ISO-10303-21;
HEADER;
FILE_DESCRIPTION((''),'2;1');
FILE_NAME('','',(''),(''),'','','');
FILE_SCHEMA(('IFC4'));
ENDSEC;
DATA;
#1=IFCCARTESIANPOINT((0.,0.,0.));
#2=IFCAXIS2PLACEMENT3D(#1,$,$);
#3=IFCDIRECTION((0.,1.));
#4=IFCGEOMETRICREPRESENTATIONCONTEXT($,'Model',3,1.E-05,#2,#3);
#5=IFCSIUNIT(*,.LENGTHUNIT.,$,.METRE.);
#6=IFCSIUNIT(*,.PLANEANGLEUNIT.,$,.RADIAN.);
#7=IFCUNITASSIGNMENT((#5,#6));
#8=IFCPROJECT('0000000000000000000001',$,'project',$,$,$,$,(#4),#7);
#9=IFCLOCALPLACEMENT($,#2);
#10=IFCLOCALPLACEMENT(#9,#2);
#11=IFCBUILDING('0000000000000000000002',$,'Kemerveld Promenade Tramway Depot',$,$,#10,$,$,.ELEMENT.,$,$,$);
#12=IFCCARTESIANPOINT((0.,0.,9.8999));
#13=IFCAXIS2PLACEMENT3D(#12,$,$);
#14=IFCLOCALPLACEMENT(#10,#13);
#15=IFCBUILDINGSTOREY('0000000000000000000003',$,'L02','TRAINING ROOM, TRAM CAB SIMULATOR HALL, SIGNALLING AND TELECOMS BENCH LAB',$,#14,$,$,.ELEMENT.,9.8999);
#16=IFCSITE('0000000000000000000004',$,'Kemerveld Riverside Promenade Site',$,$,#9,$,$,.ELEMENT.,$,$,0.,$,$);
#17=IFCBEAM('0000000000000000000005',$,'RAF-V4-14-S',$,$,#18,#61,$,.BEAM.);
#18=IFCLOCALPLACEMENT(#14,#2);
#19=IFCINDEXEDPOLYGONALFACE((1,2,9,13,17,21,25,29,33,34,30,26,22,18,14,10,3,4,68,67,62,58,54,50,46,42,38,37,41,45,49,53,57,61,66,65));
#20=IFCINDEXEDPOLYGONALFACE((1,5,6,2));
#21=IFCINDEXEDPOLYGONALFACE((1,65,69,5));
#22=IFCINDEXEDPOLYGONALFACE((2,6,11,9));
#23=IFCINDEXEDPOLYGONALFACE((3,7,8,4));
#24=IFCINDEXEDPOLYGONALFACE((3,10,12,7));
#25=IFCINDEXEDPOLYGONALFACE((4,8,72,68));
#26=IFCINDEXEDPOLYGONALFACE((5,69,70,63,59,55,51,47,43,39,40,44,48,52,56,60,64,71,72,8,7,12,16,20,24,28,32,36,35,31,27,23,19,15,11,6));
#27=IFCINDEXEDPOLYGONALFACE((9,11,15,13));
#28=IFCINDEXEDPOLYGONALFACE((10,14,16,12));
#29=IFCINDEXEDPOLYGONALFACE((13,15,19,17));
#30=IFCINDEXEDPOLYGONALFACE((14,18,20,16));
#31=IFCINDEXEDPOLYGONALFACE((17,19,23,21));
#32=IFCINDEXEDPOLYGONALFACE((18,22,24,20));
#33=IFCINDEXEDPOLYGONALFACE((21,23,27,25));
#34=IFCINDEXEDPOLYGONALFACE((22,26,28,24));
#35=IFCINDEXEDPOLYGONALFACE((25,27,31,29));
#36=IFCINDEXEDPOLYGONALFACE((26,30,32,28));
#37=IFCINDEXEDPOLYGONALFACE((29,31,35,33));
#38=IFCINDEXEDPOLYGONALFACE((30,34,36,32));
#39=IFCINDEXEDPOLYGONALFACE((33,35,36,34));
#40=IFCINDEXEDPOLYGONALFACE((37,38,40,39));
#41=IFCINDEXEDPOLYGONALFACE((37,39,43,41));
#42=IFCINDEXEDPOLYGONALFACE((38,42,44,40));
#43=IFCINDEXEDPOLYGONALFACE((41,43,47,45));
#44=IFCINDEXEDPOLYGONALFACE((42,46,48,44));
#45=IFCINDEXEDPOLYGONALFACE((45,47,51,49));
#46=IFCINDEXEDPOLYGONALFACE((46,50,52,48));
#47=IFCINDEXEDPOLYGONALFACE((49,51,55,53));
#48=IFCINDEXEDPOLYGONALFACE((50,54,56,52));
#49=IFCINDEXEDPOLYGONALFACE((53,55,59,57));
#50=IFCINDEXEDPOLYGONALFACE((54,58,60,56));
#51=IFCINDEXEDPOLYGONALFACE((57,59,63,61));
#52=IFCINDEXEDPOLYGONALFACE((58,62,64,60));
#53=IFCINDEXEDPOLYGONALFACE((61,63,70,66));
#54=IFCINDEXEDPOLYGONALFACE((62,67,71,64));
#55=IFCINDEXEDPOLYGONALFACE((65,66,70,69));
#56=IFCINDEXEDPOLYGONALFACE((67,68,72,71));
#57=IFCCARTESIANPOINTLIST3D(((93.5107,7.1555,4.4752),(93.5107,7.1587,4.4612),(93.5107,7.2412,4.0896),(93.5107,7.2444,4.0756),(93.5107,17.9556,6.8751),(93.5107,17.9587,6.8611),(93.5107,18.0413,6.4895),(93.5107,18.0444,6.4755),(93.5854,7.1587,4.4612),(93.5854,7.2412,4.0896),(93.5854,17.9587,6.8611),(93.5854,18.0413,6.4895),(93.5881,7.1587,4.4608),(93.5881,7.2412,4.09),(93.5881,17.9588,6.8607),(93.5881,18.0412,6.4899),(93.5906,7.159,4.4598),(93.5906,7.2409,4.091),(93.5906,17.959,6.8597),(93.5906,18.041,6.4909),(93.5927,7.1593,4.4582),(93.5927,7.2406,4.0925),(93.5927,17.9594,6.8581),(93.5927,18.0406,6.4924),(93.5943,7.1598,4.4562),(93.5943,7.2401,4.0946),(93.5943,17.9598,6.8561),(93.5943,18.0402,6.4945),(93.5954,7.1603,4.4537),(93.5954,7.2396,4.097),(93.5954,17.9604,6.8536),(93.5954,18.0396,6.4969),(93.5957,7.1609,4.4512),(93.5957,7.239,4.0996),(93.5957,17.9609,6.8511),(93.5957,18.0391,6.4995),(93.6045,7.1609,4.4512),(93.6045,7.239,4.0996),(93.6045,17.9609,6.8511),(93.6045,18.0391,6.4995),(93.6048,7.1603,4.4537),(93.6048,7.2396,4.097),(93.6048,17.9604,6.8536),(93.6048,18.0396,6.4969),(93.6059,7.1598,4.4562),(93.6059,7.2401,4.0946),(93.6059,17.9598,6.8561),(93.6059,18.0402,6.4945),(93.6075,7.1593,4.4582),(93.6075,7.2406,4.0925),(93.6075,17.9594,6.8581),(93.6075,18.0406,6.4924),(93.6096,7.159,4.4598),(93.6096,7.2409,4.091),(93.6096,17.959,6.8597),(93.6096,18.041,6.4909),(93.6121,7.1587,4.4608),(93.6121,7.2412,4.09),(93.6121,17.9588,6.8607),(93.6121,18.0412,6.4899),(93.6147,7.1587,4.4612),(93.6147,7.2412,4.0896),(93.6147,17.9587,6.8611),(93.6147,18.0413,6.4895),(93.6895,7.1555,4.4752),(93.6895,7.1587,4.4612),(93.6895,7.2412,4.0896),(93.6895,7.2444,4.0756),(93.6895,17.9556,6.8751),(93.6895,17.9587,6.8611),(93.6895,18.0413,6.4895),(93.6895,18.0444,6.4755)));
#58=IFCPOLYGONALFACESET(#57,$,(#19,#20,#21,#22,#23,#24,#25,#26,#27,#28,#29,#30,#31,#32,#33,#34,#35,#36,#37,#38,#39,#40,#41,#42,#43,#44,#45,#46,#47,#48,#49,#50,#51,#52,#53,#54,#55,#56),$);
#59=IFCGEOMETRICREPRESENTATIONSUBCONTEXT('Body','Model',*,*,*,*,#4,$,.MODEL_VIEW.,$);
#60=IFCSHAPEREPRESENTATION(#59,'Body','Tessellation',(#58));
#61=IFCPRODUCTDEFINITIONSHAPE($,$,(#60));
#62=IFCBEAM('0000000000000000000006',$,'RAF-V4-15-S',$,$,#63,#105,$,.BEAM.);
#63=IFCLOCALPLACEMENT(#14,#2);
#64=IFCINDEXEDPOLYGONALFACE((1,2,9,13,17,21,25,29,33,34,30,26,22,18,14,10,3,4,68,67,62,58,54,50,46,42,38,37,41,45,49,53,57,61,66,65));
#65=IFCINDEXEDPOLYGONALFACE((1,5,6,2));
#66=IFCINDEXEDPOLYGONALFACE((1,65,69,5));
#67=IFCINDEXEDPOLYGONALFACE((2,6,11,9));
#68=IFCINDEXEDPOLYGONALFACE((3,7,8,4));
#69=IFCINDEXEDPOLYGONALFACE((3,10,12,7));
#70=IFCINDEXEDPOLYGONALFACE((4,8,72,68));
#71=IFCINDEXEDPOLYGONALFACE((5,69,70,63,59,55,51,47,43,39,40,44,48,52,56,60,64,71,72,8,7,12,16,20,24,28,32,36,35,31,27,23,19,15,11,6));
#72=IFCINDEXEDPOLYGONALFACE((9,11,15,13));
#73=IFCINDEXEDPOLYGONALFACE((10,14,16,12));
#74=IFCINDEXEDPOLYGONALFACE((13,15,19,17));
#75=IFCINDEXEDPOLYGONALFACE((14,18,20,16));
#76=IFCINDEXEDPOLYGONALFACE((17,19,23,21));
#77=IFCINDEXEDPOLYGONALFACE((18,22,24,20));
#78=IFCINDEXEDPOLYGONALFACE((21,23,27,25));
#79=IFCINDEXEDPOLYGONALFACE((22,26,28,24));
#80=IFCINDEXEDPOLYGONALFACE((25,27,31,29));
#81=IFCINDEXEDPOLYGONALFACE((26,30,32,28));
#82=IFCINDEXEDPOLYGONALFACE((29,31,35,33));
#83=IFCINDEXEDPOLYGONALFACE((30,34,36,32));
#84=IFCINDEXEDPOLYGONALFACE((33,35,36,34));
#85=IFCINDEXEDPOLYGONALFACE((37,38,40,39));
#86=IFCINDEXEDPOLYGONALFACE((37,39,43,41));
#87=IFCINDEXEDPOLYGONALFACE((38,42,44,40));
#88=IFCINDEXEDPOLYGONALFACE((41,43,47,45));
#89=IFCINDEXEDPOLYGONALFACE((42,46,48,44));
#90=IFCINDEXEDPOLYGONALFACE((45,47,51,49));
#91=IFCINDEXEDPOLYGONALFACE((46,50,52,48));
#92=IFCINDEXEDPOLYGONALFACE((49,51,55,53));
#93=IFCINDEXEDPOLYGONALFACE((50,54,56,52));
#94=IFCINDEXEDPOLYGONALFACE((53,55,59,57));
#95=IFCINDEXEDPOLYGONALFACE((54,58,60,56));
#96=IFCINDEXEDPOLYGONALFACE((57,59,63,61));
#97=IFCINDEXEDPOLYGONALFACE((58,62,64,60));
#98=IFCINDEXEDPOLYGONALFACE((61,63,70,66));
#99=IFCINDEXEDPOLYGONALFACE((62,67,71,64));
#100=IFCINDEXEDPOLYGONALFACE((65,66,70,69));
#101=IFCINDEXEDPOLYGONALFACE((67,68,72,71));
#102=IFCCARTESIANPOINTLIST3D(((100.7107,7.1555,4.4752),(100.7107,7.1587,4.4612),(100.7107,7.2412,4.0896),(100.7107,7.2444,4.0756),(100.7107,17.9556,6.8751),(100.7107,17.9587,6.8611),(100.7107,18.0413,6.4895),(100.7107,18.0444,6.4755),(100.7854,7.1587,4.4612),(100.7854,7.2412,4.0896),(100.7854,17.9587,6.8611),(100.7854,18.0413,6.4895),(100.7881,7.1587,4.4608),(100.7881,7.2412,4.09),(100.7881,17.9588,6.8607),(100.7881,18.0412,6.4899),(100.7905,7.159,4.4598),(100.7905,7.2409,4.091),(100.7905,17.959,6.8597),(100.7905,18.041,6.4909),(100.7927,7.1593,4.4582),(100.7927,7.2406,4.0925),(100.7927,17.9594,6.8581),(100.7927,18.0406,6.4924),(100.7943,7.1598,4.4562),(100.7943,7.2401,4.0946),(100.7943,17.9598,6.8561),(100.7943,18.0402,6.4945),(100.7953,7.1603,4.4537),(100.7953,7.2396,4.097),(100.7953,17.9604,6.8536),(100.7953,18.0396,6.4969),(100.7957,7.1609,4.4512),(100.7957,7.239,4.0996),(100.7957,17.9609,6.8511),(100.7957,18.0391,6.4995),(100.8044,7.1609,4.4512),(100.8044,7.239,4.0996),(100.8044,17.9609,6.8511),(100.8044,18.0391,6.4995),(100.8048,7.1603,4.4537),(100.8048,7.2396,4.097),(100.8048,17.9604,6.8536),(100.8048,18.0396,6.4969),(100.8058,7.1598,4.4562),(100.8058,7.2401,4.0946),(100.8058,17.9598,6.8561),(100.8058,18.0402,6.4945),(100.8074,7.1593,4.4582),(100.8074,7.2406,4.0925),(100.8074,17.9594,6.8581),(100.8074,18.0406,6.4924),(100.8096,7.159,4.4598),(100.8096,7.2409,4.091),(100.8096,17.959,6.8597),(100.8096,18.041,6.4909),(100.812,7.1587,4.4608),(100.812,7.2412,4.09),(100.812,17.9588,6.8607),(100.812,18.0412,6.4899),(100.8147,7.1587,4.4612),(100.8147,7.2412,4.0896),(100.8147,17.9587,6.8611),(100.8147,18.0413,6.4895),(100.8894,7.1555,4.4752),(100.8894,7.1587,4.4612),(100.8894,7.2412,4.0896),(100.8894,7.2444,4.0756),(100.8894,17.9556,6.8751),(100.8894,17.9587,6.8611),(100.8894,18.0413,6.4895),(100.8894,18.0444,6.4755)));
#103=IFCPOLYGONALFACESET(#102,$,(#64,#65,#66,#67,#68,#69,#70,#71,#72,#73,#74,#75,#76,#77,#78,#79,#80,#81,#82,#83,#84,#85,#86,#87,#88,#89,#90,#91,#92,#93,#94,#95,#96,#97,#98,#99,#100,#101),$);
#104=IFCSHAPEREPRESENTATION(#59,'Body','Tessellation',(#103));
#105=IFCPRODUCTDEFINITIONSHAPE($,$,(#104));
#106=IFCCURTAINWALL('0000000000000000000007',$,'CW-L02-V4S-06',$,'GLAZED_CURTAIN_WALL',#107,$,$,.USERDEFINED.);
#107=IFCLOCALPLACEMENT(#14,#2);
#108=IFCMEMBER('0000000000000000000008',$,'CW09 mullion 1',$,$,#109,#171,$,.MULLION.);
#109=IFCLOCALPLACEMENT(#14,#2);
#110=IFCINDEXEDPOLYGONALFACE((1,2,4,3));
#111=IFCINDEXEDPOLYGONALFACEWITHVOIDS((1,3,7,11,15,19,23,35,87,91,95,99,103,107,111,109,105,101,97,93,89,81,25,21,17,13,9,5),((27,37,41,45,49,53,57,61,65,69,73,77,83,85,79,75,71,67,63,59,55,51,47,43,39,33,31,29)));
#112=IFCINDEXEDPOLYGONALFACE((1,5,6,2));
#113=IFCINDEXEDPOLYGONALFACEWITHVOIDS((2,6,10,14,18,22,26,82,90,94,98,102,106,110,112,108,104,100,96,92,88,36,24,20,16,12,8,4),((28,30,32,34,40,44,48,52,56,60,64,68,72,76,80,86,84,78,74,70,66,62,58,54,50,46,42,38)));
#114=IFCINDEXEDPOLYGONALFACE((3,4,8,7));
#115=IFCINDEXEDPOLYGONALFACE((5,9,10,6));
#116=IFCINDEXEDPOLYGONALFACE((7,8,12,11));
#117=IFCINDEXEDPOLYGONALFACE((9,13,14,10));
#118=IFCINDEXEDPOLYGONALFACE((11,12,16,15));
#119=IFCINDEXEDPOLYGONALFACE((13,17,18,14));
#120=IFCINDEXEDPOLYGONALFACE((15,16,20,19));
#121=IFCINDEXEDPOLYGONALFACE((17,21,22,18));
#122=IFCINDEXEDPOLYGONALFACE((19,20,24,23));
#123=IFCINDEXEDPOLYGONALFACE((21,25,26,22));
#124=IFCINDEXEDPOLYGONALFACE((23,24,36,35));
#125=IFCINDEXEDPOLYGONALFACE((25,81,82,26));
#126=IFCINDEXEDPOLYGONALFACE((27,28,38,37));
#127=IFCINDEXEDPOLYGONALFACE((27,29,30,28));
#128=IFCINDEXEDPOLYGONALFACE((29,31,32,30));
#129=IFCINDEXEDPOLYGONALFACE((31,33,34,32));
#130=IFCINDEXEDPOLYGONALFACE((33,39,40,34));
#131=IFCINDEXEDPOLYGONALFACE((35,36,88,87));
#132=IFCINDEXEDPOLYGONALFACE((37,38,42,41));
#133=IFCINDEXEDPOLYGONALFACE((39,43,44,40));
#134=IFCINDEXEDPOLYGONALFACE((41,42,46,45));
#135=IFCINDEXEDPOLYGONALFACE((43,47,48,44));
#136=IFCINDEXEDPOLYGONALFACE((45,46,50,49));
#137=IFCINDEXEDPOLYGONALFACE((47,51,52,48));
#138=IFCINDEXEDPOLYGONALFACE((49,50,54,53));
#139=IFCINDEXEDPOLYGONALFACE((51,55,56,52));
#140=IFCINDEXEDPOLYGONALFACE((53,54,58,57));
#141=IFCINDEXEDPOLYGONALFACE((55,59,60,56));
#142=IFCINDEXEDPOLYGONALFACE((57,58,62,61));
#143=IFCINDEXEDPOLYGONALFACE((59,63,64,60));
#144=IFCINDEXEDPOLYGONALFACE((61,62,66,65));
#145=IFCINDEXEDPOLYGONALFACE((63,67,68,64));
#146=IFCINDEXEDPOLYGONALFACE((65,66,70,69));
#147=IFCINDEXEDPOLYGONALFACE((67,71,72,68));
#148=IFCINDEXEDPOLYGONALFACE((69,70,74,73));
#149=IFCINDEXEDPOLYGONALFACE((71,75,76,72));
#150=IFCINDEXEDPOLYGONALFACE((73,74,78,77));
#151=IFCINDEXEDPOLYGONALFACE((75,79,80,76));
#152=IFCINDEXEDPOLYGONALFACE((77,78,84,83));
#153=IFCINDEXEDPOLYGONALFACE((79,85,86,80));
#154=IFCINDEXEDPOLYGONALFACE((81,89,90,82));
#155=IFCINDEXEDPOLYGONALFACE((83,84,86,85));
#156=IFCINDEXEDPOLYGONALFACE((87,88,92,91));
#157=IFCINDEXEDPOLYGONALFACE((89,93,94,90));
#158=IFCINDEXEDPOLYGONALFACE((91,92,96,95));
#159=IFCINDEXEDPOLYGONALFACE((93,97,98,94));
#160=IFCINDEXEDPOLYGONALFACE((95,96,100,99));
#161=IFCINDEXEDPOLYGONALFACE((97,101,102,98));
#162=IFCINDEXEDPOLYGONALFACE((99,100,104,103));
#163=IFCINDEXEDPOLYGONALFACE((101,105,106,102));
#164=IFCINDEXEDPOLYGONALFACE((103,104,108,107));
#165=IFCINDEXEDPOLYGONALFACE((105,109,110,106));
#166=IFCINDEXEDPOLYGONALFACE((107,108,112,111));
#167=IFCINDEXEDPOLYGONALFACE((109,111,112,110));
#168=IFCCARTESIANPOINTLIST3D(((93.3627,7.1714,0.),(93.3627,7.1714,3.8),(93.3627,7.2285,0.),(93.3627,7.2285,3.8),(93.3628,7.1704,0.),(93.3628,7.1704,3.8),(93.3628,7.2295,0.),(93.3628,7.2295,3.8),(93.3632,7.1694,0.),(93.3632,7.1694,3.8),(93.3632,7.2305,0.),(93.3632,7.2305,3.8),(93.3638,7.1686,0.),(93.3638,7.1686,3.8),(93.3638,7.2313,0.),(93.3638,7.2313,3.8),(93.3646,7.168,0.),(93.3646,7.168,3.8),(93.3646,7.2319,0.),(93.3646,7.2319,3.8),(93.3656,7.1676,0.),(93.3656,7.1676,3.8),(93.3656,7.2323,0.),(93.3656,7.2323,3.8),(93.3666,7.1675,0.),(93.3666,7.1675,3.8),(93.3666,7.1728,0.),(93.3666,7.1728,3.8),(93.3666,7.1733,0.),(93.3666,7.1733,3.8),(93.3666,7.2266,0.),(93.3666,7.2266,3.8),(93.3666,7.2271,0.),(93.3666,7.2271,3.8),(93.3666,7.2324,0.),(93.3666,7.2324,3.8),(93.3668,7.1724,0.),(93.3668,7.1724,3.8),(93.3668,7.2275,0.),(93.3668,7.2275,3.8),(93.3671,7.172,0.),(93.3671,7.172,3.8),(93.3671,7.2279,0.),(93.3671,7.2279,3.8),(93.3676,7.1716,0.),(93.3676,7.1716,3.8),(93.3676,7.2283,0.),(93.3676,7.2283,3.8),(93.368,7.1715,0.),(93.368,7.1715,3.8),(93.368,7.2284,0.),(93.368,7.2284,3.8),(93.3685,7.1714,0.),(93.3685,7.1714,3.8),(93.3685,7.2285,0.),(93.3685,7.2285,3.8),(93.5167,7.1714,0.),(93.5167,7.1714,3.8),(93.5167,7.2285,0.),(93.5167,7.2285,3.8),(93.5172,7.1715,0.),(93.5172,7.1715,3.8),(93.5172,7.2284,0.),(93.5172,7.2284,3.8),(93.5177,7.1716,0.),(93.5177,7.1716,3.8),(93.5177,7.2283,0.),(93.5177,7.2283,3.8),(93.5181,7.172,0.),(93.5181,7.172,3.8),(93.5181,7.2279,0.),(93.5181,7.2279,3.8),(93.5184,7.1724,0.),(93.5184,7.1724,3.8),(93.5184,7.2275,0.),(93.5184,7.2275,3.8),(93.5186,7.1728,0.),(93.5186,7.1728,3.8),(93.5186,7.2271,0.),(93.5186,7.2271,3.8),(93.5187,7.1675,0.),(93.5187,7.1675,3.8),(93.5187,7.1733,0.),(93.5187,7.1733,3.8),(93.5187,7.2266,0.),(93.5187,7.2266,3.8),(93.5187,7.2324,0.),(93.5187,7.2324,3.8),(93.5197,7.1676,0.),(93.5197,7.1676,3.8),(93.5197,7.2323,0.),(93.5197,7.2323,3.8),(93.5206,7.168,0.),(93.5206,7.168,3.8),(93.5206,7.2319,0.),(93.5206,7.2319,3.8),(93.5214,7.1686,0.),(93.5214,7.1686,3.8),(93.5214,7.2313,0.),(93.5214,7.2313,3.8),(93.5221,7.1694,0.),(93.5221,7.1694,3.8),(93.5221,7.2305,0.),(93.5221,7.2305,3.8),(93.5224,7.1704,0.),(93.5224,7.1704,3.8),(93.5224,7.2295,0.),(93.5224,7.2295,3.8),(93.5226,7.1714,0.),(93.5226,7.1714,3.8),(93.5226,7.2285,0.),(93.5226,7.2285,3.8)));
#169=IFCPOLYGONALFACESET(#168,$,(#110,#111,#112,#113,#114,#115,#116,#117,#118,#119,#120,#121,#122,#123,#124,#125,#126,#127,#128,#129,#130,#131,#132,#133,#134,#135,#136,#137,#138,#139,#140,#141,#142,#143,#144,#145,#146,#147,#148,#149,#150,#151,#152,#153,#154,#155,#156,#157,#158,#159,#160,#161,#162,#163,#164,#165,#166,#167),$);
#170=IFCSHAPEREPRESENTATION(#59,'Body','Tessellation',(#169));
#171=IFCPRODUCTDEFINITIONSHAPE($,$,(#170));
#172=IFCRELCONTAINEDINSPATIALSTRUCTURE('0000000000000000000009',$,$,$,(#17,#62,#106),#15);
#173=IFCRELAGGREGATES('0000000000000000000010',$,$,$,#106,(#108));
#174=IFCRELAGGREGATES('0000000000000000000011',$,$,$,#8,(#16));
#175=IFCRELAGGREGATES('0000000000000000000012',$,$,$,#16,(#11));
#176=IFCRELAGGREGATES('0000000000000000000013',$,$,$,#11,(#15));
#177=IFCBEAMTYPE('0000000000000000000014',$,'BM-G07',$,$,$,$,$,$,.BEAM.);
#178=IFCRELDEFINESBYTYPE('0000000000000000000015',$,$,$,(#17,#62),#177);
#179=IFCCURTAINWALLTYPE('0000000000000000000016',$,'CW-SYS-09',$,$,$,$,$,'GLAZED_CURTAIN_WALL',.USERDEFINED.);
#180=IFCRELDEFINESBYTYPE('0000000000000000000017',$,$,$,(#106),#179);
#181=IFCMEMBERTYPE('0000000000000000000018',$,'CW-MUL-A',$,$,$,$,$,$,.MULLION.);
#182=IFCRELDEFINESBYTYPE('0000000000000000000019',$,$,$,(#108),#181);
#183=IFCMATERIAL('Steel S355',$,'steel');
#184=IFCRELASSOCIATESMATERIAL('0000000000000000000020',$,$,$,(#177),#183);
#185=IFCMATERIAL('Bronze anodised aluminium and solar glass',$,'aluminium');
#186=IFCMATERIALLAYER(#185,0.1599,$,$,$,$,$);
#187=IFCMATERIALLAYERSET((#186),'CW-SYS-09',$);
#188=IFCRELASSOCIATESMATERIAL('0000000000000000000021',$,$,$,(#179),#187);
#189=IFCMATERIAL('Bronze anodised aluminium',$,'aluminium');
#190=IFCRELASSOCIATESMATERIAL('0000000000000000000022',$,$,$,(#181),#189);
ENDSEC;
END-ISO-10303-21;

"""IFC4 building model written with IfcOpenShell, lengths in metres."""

from ifc_helpers import new_model, si_unit, direction, frame, origin, origin_2d, place, context, subcontext, project, spatial, hollow_rectangle, i_section, extrude, material, layer, layer_set, material_profile, profile_set, type_object, element, aggregate, save


model = new_model("IFC4")

# Units and contexts
model_context = context("Model", 3, precision=1e-05, world=origin(), true_north=direction((0.0, 1.0)))
body_context = subcontext(model_context, "Body", "Model", "MODEL_VIEW")
ifc_project = project(units=[si_unit("LENGTHUNIT", "METRE"), si_unit("PLANEANGLEUNIT", "RADIAN")], contexts=[model_context])

# Site, building, storey
site_placement = place(None, origin())
site = spatial("IfcSite", under=ifc_project, at=site_placement, Name="Kemerveld Riverside Promenade Site", CompositionType="ELEMENT", RefElevation=0.0)
building_placement = place(site_placement, origin())
building = spatial("IfcBuilding", under=site, at=building_placement, Name="Kemerveld Promenade Tramway Depot", CompositionType="ELEMENT")
storey_placement = place(building_placement, frame((0.0, 0.0, 9.8999)))
storey = spatial("IfcBuildingStorey", under=building, at=storey_placement, Name="L02", Description="TRAINING ROOM, TRAM CAB SIMULATOR HALL, SIGNALLING AND TELECOMS BENCH LAB", CompositionType="ELEMENT", Elevation=9.8999)

# Shared definitions
ifc_material_1 = material(Name="Steel S355", Category="steel")

# Beams
ifc_material_profile_1 = material_profile(ifc_material_1, i_section(OverallWidth=0.1787, OverallDepth=0.4094, WebThickness=0.0088, FlangeThickness=0.0144, FilletRadius=0.0103, at=origin_2d()), Name="406x178x67 UB")
ifc_profile_set_1 = profile_set([ifc_material_profile_1], Name="Steel S355")
beam_type = type_object("IfcBeamType", Name="BM-G07", PredefinedType="BEAM", material=ifc_profile_set_1)
for number, where, z_axis, x_axis, name in (
    (1, (93.6001, 7.2, 4.2754), (0.0, 0.976189, 0.216921), (-1.0, 0.0, 0.0), "RAF-V4-14-S"),
    (2, (100.8, 7.2, 4.2754), (0.0, 0.976189, 0.216921), (-1.0, 0.0, 0.0), "RAF-V4-15-S"),
):
    element("IfcBeam", number, at=place(storey_placement, frame(where, z_axis=z_axis, x_axis=x_axis)), inside=storey, type_object=beam_type, Name=name, PredefinedType="BEAM", context=body_context, shape_type="SweptSolid", body=[
        extrude(i_section(OverallWidth=0.1787, OverallDepth=0.4094, WebThickness=0.0088, FlangeThickness=0.0144, FilletRadius=0.0103, at=origin_2d()), origin(), (0.0, 0.0, 1.0), 11.0635),
    ])

# Curtain wall, member
ifc_material_2 = material(Name="Bronze anodised aluminium and solar glass", Category="aluminium")
ifc_layer_1 = layer(ifc_material_2, 0.1599)
ifc_layer_set_1 = layer_set([ifc_layer_1], Name="CW-SYS-09")
curtain_wall_type = type_object("IfcCurtainWallType", Name="CW-SYS-09", ElementType="GLAZED_CURTAIN_WALL", PredefinedType="USERDEFINED", material=ifc_layer_set_1)
curtain_wall_placement = place(storey_placement, origin())
curtain_wall = element("IfcCurtainWall", 3, at=curtain_wall_placement, inside=storey, type_object=curtain_wall_type, Name="CW-L02-V4S-06", ObjectType="GLAZED_CURTAIN_WALL", PredefinedType="USERDEFINED")
ifc_material_3 = material(Name="Bronze anodised aluminium", Category="aluminium")
ifc_material_profile_2 = material_profile(ifc_material_3, hollow_rectangle(XDim=0.0649, YDim=0.1599, WallThickness=0.0039, InnerFilletRadius=0.002, OuterFilletRadius=0.0039, at=origin_2d()), Name="CW-MUL-160x65")
ifc_profile_set_2 = profile_set([ifc_material_profile_2], Name="Bronze anodised aluminium")
member_type_1 = type_object("IfcMemberType", Name="CW-MUL-A", PredefinedType="MULLION", material=ifc_profile_set_2)
member_1_placement = place(storey_placement, frame((93.4426, 7.2, 0.0), z_axis=(0.0, 0.0, 1.0), x_axis=(0.0, -1.0, 0.0)))
member_1 = element("IfcMember", 4, at=member_1_placement, type_object=member_type_1, Name="CW09 mullion 1", PredefinedType="MULLION", context=body_context, shape_type="SweptSolid", body=[
    extrude(hollow_rectangle(XDim=0.0649, YDim=0.1599, WallThickness=0.0039, InnerFilletRadius=0.002, OuterFilletRadius=0.0039, at=origin_2d()), origin(), (0.0, 0.0, 1.0), 3.8),
])
aggregate(curtain_wall, [member_1])

save(model, "model.ifc")
